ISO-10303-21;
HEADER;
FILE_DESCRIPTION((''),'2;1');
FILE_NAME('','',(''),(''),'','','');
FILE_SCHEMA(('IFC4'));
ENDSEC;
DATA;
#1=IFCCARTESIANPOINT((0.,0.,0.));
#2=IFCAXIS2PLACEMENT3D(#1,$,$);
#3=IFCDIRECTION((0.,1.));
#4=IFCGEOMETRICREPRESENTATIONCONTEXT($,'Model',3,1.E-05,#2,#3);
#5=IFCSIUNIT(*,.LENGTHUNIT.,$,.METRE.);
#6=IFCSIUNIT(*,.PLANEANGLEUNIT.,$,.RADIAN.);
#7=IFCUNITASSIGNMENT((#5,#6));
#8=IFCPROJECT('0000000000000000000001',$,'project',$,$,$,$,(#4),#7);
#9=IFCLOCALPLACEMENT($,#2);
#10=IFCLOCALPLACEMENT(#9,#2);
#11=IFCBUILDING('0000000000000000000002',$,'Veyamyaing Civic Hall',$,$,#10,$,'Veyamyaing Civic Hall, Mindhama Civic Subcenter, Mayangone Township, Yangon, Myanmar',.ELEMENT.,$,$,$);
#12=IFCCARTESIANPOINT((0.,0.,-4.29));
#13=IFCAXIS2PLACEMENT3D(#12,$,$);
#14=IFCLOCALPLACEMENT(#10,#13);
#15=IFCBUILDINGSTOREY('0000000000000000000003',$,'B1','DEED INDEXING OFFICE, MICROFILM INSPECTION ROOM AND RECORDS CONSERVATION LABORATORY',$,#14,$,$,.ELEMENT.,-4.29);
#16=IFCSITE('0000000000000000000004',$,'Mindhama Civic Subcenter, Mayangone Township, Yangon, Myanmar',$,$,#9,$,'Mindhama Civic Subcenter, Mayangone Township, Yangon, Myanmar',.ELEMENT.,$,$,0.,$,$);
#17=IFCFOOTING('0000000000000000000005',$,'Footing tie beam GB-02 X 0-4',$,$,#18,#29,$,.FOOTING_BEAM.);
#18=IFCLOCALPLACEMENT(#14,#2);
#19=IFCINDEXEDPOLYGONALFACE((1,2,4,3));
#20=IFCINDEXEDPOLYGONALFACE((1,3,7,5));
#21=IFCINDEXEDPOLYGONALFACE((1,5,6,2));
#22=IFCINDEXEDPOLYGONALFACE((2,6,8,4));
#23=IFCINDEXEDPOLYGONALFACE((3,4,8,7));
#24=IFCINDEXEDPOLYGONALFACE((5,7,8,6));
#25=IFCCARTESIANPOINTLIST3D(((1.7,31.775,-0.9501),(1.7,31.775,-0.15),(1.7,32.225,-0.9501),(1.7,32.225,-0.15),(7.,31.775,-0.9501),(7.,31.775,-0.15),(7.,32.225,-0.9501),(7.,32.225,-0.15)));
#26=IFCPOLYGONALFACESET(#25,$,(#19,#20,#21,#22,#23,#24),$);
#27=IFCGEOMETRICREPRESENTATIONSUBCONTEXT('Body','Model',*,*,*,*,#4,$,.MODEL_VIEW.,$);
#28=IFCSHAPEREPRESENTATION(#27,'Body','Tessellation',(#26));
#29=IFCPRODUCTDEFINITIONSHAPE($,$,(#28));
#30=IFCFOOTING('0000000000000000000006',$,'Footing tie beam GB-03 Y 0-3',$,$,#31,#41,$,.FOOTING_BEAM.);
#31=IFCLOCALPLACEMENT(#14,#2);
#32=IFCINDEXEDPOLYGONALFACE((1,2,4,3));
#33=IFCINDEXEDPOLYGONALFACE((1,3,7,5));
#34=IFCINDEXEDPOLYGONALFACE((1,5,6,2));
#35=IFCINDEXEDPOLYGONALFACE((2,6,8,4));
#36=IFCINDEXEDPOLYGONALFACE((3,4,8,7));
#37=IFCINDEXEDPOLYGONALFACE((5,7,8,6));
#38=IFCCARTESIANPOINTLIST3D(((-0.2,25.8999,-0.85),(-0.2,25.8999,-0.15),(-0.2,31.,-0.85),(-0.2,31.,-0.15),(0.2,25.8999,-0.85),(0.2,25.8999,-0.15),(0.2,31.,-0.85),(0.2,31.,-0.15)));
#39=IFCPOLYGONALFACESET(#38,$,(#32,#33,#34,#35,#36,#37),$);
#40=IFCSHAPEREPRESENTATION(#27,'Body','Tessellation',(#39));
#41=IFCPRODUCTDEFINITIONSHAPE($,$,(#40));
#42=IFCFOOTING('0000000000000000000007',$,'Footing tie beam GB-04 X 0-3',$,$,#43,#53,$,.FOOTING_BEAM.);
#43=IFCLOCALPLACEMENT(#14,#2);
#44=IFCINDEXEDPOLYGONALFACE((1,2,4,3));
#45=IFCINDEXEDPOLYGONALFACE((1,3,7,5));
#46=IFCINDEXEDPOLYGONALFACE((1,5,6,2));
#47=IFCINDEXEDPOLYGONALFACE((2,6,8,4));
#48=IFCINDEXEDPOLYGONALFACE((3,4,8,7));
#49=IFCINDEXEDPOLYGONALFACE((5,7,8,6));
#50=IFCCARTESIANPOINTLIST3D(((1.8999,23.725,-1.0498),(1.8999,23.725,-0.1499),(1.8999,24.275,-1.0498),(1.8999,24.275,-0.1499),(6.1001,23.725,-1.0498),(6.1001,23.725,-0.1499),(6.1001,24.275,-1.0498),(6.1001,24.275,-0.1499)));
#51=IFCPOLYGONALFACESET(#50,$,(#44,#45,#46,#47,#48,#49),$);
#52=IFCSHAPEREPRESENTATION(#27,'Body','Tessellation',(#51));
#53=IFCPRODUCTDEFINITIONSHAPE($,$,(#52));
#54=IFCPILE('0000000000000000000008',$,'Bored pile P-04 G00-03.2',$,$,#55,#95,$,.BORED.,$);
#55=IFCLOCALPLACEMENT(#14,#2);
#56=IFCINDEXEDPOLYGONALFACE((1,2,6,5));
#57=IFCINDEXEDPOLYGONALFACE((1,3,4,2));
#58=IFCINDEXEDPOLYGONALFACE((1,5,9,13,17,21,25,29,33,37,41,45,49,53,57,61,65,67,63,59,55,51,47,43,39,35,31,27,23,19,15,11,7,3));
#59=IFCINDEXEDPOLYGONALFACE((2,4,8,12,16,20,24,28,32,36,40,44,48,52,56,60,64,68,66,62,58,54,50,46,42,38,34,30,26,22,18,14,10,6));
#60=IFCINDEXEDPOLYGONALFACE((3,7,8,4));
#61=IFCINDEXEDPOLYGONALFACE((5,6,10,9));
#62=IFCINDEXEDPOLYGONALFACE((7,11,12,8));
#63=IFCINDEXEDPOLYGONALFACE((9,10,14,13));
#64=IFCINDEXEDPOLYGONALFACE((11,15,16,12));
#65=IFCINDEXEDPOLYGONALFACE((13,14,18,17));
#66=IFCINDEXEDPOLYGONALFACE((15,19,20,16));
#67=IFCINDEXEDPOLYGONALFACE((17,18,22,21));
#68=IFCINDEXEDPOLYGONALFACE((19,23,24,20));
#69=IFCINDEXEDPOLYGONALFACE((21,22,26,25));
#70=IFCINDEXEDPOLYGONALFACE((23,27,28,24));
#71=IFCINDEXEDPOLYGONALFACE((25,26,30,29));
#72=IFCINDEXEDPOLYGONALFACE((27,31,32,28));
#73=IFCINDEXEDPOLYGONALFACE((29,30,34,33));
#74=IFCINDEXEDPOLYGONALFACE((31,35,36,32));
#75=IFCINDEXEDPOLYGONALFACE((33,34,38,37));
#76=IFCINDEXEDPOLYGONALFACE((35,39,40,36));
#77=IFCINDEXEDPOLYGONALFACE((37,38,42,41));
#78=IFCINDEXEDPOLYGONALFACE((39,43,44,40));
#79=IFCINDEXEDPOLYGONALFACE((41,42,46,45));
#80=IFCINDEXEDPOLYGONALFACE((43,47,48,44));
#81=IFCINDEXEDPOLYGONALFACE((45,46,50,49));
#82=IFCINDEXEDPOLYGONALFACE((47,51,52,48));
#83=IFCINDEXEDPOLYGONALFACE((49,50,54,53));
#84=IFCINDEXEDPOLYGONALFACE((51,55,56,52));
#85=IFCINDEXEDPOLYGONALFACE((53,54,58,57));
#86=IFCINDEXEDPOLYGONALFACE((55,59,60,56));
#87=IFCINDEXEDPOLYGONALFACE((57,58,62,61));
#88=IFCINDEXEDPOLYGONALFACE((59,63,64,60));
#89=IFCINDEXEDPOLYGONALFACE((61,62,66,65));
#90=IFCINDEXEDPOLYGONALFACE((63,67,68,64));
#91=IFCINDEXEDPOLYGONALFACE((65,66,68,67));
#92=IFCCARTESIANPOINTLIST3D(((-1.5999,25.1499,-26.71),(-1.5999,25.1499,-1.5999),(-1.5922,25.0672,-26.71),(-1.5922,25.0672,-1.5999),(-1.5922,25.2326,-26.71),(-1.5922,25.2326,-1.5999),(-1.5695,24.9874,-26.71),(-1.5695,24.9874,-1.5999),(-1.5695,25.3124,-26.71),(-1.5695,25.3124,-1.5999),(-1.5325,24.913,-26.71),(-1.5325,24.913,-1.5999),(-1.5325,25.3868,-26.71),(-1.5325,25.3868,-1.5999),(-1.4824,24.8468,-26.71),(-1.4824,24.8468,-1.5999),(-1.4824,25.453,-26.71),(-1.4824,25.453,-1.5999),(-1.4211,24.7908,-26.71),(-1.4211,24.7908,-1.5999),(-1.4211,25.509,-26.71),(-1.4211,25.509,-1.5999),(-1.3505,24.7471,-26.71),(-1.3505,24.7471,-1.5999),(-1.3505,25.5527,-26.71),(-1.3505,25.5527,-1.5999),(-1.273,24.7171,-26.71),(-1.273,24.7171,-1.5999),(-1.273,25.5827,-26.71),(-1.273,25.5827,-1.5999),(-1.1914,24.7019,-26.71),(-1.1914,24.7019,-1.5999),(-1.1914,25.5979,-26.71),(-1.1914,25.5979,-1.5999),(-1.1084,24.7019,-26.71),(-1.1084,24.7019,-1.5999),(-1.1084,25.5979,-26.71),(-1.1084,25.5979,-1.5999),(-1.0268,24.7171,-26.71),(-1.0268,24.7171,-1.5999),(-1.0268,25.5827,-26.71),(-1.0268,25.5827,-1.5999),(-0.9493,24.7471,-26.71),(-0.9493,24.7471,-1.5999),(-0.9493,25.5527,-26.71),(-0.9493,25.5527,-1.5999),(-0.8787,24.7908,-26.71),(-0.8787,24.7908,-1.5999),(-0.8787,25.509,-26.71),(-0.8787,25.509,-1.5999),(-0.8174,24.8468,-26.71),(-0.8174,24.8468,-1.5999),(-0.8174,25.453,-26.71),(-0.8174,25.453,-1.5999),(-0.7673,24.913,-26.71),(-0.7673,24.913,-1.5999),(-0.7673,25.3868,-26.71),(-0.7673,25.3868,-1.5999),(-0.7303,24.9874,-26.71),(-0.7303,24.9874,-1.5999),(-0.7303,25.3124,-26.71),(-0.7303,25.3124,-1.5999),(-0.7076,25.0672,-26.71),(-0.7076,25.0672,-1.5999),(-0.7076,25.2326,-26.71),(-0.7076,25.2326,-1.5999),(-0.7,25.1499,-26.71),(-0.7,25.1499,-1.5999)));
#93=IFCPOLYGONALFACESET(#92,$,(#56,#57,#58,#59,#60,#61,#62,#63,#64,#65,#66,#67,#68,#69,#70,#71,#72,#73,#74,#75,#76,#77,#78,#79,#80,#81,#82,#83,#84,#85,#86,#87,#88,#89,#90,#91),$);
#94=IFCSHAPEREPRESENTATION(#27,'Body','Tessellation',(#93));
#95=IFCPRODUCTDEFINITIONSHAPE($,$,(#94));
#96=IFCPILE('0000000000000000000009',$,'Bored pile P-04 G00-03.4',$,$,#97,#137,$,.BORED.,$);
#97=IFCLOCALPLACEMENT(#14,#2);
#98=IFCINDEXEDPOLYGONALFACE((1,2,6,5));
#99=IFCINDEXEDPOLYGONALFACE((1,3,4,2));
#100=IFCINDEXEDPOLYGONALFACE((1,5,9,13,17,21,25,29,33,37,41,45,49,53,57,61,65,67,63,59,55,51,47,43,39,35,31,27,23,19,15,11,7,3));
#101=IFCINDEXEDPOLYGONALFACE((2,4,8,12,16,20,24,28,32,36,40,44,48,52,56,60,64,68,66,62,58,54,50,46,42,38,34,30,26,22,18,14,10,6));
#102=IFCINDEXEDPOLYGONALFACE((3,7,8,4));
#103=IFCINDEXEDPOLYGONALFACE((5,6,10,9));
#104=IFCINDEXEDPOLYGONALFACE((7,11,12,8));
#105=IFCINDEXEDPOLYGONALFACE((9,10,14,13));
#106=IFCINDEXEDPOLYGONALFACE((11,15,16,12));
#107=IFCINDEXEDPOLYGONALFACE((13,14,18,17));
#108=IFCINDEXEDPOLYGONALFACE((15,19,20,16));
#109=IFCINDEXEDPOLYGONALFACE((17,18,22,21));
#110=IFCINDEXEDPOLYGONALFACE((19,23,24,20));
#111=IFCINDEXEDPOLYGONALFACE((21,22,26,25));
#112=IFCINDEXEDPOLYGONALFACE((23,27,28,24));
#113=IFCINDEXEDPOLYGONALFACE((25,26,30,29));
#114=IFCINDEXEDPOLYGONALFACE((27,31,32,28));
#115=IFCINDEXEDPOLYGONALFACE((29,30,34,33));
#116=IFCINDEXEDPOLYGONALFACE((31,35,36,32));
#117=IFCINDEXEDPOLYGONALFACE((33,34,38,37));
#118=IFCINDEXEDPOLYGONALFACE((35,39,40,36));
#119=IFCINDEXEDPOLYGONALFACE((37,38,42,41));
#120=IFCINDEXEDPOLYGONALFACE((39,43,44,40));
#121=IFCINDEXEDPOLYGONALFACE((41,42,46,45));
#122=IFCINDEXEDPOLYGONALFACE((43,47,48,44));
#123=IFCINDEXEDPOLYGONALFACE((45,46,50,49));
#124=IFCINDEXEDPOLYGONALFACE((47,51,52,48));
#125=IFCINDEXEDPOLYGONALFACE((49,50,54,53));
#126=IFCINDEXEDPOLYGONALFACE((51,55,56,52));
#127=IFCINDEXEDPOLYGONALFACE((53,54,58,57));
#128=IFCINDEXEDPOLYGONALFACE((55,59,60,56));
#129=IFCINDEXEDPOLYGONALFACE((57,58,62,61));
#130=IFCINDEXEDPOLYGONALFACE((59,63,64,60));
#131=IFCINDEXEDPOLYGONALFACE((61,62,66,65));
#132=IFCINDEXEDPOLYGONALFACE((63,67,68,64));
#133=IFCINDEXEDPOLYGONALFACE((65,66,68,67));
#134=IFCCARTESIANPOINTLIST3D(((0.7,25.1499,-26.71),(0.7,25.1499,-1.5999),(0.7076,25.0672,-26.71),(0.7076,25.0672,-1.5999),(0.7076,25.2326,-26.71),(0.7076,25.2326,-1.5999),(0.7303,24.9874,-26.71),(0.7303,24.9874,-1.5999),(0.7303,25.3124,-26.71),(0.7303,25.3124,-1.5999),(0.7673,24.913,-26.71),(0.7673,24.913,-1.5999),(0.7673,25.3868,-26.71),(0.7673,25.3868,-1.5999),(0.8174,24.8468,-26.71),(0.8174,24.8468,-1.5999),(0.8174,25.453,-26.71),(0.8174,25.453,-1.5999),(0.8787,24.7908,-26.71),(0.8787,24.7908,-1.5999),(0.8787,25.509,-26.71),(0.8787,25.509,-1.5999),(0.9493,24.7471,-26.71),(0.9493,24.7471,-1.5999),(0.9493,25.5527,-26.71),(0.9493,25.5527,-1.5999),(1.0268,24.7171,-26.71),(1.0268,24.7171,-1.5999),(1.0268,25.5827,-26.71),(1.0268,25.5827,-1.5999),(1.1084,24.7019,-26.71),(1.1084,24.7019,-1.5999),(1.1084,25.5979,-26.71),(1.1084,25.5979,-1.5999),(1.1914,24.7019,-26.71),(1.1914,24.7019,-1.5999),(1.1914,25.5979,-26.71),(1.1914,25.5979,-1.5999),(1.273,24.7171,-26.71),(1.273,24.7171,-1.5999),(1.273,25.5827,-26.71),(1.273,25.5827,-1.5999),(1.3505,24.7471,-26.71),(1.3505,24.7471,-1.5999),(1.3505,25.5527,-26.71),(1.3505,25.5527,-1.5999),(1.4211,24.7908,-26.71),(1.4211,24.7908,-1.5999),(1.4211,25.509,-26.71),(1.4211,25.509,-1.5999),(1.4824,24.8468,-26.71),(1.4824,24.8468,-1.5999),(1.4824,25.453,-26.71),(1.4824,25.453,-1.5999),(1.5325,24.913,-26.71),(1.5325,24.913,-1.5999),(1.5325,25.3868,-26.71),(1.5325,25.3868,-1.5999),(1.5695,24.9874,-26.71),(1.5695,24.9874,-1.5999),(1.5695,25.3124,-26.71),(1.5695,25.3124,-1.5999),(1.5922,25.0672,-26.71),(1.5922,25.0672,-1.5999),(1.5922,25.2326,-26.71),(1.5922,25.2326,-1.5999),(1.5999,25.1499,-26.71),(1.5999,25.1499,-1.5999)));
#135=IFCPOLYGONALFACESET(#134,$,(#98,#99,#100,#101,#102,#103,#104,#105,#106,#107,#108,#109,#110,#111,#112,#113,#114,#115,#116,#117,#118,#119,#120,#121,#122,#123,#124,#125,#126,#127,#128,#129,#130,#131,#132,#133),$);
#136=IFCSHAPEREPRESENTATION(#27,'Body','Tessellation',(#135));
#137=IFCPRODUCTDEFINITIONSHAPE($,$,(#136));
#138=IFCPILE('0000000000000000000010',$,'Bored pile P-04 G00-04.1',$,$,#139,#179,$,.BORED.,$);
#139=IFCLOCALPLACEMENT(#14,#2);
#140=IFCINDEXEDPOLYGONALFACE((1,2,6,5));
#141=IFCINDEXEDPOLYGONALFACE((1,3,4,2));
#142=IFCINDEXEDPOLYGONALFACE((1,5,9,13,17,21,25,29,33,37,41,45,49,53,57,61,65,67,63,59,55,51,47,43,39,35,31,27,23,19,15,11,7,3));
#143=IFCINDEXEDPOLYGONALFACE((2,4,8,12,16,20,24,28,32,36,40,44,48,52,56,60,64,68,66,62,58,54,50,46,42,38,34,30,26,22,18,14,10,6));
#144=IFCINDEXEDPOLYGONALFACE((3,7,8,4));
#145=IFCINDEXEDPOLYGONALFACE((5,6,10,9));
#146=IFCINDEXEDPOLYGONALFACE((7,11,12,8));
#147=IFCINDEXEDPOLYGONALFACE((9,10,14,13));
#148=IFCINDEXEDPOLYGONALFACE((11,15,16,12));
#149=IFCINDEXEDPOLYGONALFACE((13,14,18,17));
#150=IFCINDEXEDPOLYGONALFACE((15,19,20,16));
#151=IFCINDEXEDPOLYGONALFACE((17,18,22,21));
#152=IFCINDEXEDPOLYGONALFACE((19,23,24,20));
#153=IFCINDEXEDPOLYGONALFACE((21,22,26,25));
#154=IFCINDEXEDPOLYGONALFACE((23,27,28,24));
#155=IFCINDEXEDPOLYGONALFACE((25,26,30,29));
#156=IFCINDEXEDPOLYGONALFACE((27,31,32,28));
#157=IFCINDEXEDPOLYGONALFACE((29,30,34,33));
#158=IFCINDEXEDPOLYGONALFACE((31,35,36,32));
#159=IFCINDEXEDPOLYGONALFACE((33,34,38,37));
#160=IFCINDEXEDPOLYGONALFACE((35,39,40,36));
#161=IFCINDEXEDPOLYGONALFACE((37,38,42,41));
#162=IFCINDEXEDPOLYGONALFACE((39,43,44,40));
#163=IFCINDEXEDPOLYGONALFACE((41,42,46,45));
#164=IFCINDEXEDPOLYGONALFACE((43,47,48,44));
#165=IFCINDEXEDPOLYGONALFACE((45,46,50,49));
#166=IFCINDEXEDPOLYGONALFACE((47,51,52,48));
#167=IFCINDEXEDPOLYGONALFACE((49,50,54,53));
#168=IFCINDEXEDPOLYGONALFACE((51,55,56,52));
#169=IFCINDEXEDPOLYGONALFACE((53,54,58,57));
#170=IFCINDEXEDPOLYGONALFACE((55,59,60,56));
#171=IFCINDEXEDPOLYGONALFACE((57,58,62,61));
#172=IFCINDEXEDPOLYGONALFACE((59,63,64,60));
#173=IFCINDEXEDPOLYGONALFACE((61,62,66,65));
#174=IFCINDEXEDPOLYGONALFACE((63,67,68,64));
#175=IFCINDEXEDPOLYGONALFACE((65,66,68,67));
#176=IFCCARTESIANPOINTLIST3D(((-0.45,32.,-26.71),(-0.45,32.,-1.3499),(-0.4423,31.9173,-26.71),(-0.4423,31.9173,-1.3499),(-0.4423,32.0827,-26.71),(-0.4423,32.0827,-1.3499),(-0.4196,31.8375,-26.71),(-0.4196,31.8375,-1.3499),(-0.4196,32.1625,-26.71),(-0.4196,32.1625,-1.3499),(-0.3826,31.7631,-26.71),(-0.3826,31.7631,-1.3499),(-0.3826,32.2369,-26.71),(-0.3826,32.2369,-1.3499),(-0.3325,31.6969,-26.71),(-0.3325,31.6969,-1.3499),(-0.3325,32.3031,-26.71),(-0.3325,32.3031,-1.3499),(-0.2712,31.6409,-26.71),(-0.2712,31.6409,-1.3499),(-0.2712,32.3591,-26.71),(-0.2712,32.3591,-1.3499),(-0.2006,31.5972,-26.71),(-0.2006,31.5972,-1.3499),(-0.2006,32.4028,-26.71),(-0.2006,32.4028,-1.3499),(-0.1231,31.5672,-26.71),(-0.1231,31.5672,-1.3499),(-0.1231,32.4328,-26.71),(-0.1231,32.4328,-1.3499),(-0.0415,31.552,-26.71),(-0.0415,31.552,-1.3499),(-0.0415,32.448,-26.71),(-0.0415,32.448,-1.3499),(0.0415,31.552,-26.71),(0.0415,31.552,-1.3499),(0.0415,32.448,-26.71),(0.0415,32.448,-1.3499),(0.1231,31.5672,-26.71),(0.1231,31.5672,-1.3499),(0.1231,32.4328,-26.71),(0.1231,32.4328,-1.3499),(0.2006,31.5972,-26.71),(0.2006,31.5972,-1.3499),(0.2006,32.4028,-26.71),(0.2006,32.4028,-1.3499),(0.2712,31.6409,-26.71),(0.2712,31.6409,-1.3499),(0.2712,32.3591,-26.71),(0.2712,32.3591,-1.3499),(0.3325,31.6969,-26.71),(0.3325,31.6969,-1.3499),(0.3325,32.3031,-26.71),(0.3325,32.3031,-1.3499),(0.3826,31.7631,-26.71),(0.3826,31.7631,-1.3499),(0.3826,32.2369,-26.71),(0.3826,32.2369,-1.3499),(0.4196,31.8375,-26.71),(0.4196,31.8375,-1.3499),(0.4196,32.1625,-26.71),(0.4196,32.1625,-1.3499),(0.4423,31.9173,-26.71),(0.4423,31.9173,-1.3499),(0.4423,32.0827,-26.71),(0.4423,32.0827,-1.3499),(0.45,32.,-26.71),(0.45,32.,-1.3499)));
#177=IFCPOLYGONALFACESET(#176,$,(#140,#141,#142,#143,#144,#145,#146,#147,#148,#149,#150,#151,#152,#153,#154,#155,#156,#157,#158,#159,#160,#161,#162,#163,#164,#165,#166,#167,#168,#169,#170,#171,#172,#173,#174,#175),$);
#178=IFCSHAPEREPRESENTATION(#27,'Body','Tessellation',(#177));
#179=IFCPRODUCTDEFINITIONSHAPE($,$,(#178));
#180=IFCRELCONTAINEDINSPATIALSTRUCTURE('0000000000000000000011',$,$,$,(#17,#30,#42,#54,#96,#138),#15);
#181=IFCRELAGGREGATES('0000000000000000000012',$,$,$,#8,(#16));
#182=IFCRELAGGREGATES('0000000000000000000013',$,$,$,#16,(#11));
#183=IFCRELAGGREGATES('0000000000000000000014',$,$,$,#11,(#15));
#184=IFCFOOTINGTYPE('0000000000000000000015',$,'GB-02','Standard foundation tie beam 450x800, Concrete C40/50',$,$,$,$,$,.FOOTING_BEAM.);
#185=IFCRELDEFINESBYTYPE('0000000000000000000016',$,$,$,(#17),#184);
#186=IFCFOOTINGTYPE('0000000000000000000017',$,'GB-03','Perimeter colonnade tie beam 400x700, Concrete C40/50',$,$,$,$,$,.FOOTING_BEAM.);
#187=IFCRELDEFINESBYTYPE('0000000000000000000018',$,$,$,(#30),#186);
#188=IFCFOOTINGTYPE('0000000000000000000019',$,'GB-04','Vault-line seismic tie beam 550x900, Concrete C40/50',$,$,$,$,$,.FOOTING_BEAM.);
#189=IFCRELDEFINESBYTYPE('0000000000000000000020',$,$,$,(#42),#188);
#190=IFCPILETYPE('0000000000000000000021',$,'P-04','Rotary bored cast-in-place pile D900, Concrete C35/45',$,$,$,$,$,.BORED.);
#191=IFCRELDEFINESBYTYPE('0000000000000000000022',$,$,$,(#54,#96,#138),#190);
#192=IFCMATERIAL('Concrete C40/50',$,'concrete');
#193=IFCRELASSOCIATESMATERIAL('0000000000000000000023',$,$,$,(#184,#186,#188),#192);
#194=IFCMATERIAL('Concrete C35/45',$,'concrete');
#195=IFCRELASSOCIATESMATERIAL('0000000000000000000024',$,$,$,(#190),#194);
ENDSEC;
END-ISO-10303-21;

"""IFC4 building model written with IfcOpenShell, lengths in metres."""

from ifc_helpers import new_model, si_unit, direction, frame, origin, origin_2d, place, context, subcontext, project, spatial, rectangle, circle, extrude, material, material_profile, profile_set, type_object, element, save


model = new_model("IFC4")

# Units and contexts
model_context = context("Model", 3, precision=1e-05, world=origin(), true_north=direction((0.0, 1.0)))
body_context = subcontext(model_context, "Body", "Model", "MODEL_VIEW")
ifc_project = project(units=[si_unit("LENGTHUNIT", "METRE"), si_unit("PLANEANGLEUNIT", "RADIAN")], contexts=[model_context])

# Site, building, storey
site_placement = place(None, origin())
site = spatial("IfcSite", under=ifc_project, at=site_placement, Name="Mindhama Civic Subcenter, Mayangone Township, Yangon, Myanmar", LongName="Mindhama Civic Subcenter, Mayangone Township, Yangon, Myanmar", CompositionType="ELEMENT", RefElevation=0.0)
building_placement = place(site_placement, origin())
building = spatial("IfcBuilding", under=site, at=building_placement, Name="Veyamyaing Civic Hall", LongName="Veyamyaing Civic Hall, Mindhama Civic Subcenter, Mayangone Township, Yangon, Myanmar", CompositionType="ELEMENT")
storey_placement = place(building_placement, frame((0.0, 0.0, -4.29)))
storey = spatial("IfcBuildingStorey", under=building, at=storey_placement, Name="B1", Description="DEED INDEXING OFFICE, MICROFILM INSPECTION ROOM AND RECORDS CONSERVATION LABORATORY", CompositionType="ELEMENT", Elevation=-4.29)

# Footings
ifc_material_1 = material(Name="Concrete C40/50", Category="concrete")
ifc_material_profile_1 = material_profile(ifc_material_1, rectangle(XDim=0.45, YDim=0.8, at=origin_2d()), Name="GB-450X800")
ifc_profile_set_1 = profile_set([ifc_material_profile_1], Name="Concrete C40/50")
footing_type_1 = type_object("IfcFootingType", Name="GB-02", Description="Standard foundation tie beam 450x800, Concrete C40/50", PredefinedType="FOOTING_BEAM", material=ifc_profile_set_1)
footing_1_placement = place(storey_placement, frame((1.7, 32.0, -0.55), z_axis=(1.0, 0.0, 0.0), x_axis=(0.0, 1.0, 0.0)))
element("IfcFooting", 1, at=footing_1_placement, inside=storey, type_object=footing_type_1, Name="Footing tie beam GB-02 X 0-4", PredefinedType="FOOTING_BEAM", context=body_context, shape_type="SweptSolid", body=[
    extrude(rectangle(XDim=0.45, YDim=0.8, at=origin_2d()), origin(), (0.0, 0.0, 1.0), 5.3),
])
ifc_material_profile_2 = material_profile(ifc_material_1, rectangle(XDim=0.3999, YDim=0.7, at=origin_2d()), Name="GB-400X700")
ifc_profile_set_2 = profile_set([ifc_material_profile_2], Name="Concrete C40/50")
footing_type_2 = type_object("IfcFootingType", Name="GB-03", Description="Perimeter colonnade tie beam 400x700, Concrete C40/50", PredefinedType="FOOTING_BEAM", material=ifc_profile_set_2)
footing_2_placement = place(storey_placement, frame((0.0, 25.8999, -0.5), z_axis=(0.0, 1.0, 0.0), x_axis=(-1.0, 0.0, 0.0)))
element("IfcFooting", 2, at=footing_2_placement, inside=storey, type_object=footing_type_2, Name="Footing tie beam GB-03 Y 0-3", PredefinedType="FOOTING_BEAM", context=body_context, shape_type="SweptSolid", body=[
    extrude(rectangle(XDim=0.3999, YDim=0.7, at=origin_2d()), origin(), (0.0, 0.0, 1.0), 5.1001),
])
ifc_material_profile_3 = material_profile(ifc_material_1, rectangle(XDim=0.55, YDim=0.8999, at=origin_2d()), Name="GB-550X900")
ifc_profile_set_3 = profile_set([ifc_material_profile_3], Name="Concrete C40/50")
footing_type_3 = type_object("IfcFootingType", Name="GB-04", Description="Vault-line seismic tie beam 550x900, Concrete C40/50", PredefinedType="FOOTING_BEAM", material=ifc_profile_set_3)
footing_3_placement = place(storey_placement, frame((1.8999, 24.0, -0.5999), z_axis=(1.0, 0.0, 0.0), x_axis=(0.0, 1.0, 0.0)))
element("IfcFooting", 3, at=footing_3_placement, inside=storey, type_object=footing_type_3, Name="Footing tie beam GB-04 X 0-3", PredefinedType="FOOTING_BEAM", context=body_context, shape_type="SweptSolid", body=[
    extrude(rectangle(XDim=0.55, YDim=0.8999, at=origin_2d()), origin(), (0.0, 0.0, 1.0), 4.2002),
])

# Piles
ifc_material_2 = material(Name="Concrete C35/45", Category="concrete")
ifc_material_profile_4 = material_profile(ifc_material_2, circle(Radius=0.45, at=origin_2d()), Name="PILE-D900")
ifc_profile_set_4 = profile_set([ifc_material_profile_4], Name="Concrete C35/45")
pile_type = type_object("IfcPileType", Name="P-04", Description="Rotary bored cast-in-place pile D900, Concrete C35/45", PredefinedType="BORED", material=ifc_profile_set_4)
for number, where, z_axis, x_axis, name in (
    (4, (-1.1499, 25.1499, -1.5999), (0.0, 0.0, -1.0), (1.0, 0.0, 0.0), "Bored pile P-04 G00-03.2"),
    (5, (1.1499, 25.1499, -1.5999), (0.0, 0.0, -1.0), (1.0, 0.0, 0.0), "Bored pile P-04 G00-03.4"),
):
    element("IfcPile", number, at=place(storey_placement, frame(where, z_axis=z_axis, x_axis=x_axis)), inside=storey, type_object=pile_type, Name=name, PredefinedType="BORED", context=body_context, shape_type="SweptSolid", body=[
        extrude(circle(Radius=0.45, at=origin_2d()), origin(), (0.0, 0.0, 1.0), 25.1101),
    ])
pile_1_placement = place(storey_placement, frame((0.0, 32.0, -1.3499), z_axis=(0.0, 0.0, -1.0), x_axis=(1.0, 0.0, 0.0)))
element("IfcPile", 6, at=pile_1_placement, inside=storey, type_object=pile_type, Name="Bored pile P-04 G00-04.1", PredefinedType="BORED", context=body_context, shape_type="SweptSolid", body=[
    extrude(circle(Radius=0.45, at=origin_2d()), origin(), (0.0, 0.0, 1.0), 25.3601),
])

save(model, "model.ifc")
